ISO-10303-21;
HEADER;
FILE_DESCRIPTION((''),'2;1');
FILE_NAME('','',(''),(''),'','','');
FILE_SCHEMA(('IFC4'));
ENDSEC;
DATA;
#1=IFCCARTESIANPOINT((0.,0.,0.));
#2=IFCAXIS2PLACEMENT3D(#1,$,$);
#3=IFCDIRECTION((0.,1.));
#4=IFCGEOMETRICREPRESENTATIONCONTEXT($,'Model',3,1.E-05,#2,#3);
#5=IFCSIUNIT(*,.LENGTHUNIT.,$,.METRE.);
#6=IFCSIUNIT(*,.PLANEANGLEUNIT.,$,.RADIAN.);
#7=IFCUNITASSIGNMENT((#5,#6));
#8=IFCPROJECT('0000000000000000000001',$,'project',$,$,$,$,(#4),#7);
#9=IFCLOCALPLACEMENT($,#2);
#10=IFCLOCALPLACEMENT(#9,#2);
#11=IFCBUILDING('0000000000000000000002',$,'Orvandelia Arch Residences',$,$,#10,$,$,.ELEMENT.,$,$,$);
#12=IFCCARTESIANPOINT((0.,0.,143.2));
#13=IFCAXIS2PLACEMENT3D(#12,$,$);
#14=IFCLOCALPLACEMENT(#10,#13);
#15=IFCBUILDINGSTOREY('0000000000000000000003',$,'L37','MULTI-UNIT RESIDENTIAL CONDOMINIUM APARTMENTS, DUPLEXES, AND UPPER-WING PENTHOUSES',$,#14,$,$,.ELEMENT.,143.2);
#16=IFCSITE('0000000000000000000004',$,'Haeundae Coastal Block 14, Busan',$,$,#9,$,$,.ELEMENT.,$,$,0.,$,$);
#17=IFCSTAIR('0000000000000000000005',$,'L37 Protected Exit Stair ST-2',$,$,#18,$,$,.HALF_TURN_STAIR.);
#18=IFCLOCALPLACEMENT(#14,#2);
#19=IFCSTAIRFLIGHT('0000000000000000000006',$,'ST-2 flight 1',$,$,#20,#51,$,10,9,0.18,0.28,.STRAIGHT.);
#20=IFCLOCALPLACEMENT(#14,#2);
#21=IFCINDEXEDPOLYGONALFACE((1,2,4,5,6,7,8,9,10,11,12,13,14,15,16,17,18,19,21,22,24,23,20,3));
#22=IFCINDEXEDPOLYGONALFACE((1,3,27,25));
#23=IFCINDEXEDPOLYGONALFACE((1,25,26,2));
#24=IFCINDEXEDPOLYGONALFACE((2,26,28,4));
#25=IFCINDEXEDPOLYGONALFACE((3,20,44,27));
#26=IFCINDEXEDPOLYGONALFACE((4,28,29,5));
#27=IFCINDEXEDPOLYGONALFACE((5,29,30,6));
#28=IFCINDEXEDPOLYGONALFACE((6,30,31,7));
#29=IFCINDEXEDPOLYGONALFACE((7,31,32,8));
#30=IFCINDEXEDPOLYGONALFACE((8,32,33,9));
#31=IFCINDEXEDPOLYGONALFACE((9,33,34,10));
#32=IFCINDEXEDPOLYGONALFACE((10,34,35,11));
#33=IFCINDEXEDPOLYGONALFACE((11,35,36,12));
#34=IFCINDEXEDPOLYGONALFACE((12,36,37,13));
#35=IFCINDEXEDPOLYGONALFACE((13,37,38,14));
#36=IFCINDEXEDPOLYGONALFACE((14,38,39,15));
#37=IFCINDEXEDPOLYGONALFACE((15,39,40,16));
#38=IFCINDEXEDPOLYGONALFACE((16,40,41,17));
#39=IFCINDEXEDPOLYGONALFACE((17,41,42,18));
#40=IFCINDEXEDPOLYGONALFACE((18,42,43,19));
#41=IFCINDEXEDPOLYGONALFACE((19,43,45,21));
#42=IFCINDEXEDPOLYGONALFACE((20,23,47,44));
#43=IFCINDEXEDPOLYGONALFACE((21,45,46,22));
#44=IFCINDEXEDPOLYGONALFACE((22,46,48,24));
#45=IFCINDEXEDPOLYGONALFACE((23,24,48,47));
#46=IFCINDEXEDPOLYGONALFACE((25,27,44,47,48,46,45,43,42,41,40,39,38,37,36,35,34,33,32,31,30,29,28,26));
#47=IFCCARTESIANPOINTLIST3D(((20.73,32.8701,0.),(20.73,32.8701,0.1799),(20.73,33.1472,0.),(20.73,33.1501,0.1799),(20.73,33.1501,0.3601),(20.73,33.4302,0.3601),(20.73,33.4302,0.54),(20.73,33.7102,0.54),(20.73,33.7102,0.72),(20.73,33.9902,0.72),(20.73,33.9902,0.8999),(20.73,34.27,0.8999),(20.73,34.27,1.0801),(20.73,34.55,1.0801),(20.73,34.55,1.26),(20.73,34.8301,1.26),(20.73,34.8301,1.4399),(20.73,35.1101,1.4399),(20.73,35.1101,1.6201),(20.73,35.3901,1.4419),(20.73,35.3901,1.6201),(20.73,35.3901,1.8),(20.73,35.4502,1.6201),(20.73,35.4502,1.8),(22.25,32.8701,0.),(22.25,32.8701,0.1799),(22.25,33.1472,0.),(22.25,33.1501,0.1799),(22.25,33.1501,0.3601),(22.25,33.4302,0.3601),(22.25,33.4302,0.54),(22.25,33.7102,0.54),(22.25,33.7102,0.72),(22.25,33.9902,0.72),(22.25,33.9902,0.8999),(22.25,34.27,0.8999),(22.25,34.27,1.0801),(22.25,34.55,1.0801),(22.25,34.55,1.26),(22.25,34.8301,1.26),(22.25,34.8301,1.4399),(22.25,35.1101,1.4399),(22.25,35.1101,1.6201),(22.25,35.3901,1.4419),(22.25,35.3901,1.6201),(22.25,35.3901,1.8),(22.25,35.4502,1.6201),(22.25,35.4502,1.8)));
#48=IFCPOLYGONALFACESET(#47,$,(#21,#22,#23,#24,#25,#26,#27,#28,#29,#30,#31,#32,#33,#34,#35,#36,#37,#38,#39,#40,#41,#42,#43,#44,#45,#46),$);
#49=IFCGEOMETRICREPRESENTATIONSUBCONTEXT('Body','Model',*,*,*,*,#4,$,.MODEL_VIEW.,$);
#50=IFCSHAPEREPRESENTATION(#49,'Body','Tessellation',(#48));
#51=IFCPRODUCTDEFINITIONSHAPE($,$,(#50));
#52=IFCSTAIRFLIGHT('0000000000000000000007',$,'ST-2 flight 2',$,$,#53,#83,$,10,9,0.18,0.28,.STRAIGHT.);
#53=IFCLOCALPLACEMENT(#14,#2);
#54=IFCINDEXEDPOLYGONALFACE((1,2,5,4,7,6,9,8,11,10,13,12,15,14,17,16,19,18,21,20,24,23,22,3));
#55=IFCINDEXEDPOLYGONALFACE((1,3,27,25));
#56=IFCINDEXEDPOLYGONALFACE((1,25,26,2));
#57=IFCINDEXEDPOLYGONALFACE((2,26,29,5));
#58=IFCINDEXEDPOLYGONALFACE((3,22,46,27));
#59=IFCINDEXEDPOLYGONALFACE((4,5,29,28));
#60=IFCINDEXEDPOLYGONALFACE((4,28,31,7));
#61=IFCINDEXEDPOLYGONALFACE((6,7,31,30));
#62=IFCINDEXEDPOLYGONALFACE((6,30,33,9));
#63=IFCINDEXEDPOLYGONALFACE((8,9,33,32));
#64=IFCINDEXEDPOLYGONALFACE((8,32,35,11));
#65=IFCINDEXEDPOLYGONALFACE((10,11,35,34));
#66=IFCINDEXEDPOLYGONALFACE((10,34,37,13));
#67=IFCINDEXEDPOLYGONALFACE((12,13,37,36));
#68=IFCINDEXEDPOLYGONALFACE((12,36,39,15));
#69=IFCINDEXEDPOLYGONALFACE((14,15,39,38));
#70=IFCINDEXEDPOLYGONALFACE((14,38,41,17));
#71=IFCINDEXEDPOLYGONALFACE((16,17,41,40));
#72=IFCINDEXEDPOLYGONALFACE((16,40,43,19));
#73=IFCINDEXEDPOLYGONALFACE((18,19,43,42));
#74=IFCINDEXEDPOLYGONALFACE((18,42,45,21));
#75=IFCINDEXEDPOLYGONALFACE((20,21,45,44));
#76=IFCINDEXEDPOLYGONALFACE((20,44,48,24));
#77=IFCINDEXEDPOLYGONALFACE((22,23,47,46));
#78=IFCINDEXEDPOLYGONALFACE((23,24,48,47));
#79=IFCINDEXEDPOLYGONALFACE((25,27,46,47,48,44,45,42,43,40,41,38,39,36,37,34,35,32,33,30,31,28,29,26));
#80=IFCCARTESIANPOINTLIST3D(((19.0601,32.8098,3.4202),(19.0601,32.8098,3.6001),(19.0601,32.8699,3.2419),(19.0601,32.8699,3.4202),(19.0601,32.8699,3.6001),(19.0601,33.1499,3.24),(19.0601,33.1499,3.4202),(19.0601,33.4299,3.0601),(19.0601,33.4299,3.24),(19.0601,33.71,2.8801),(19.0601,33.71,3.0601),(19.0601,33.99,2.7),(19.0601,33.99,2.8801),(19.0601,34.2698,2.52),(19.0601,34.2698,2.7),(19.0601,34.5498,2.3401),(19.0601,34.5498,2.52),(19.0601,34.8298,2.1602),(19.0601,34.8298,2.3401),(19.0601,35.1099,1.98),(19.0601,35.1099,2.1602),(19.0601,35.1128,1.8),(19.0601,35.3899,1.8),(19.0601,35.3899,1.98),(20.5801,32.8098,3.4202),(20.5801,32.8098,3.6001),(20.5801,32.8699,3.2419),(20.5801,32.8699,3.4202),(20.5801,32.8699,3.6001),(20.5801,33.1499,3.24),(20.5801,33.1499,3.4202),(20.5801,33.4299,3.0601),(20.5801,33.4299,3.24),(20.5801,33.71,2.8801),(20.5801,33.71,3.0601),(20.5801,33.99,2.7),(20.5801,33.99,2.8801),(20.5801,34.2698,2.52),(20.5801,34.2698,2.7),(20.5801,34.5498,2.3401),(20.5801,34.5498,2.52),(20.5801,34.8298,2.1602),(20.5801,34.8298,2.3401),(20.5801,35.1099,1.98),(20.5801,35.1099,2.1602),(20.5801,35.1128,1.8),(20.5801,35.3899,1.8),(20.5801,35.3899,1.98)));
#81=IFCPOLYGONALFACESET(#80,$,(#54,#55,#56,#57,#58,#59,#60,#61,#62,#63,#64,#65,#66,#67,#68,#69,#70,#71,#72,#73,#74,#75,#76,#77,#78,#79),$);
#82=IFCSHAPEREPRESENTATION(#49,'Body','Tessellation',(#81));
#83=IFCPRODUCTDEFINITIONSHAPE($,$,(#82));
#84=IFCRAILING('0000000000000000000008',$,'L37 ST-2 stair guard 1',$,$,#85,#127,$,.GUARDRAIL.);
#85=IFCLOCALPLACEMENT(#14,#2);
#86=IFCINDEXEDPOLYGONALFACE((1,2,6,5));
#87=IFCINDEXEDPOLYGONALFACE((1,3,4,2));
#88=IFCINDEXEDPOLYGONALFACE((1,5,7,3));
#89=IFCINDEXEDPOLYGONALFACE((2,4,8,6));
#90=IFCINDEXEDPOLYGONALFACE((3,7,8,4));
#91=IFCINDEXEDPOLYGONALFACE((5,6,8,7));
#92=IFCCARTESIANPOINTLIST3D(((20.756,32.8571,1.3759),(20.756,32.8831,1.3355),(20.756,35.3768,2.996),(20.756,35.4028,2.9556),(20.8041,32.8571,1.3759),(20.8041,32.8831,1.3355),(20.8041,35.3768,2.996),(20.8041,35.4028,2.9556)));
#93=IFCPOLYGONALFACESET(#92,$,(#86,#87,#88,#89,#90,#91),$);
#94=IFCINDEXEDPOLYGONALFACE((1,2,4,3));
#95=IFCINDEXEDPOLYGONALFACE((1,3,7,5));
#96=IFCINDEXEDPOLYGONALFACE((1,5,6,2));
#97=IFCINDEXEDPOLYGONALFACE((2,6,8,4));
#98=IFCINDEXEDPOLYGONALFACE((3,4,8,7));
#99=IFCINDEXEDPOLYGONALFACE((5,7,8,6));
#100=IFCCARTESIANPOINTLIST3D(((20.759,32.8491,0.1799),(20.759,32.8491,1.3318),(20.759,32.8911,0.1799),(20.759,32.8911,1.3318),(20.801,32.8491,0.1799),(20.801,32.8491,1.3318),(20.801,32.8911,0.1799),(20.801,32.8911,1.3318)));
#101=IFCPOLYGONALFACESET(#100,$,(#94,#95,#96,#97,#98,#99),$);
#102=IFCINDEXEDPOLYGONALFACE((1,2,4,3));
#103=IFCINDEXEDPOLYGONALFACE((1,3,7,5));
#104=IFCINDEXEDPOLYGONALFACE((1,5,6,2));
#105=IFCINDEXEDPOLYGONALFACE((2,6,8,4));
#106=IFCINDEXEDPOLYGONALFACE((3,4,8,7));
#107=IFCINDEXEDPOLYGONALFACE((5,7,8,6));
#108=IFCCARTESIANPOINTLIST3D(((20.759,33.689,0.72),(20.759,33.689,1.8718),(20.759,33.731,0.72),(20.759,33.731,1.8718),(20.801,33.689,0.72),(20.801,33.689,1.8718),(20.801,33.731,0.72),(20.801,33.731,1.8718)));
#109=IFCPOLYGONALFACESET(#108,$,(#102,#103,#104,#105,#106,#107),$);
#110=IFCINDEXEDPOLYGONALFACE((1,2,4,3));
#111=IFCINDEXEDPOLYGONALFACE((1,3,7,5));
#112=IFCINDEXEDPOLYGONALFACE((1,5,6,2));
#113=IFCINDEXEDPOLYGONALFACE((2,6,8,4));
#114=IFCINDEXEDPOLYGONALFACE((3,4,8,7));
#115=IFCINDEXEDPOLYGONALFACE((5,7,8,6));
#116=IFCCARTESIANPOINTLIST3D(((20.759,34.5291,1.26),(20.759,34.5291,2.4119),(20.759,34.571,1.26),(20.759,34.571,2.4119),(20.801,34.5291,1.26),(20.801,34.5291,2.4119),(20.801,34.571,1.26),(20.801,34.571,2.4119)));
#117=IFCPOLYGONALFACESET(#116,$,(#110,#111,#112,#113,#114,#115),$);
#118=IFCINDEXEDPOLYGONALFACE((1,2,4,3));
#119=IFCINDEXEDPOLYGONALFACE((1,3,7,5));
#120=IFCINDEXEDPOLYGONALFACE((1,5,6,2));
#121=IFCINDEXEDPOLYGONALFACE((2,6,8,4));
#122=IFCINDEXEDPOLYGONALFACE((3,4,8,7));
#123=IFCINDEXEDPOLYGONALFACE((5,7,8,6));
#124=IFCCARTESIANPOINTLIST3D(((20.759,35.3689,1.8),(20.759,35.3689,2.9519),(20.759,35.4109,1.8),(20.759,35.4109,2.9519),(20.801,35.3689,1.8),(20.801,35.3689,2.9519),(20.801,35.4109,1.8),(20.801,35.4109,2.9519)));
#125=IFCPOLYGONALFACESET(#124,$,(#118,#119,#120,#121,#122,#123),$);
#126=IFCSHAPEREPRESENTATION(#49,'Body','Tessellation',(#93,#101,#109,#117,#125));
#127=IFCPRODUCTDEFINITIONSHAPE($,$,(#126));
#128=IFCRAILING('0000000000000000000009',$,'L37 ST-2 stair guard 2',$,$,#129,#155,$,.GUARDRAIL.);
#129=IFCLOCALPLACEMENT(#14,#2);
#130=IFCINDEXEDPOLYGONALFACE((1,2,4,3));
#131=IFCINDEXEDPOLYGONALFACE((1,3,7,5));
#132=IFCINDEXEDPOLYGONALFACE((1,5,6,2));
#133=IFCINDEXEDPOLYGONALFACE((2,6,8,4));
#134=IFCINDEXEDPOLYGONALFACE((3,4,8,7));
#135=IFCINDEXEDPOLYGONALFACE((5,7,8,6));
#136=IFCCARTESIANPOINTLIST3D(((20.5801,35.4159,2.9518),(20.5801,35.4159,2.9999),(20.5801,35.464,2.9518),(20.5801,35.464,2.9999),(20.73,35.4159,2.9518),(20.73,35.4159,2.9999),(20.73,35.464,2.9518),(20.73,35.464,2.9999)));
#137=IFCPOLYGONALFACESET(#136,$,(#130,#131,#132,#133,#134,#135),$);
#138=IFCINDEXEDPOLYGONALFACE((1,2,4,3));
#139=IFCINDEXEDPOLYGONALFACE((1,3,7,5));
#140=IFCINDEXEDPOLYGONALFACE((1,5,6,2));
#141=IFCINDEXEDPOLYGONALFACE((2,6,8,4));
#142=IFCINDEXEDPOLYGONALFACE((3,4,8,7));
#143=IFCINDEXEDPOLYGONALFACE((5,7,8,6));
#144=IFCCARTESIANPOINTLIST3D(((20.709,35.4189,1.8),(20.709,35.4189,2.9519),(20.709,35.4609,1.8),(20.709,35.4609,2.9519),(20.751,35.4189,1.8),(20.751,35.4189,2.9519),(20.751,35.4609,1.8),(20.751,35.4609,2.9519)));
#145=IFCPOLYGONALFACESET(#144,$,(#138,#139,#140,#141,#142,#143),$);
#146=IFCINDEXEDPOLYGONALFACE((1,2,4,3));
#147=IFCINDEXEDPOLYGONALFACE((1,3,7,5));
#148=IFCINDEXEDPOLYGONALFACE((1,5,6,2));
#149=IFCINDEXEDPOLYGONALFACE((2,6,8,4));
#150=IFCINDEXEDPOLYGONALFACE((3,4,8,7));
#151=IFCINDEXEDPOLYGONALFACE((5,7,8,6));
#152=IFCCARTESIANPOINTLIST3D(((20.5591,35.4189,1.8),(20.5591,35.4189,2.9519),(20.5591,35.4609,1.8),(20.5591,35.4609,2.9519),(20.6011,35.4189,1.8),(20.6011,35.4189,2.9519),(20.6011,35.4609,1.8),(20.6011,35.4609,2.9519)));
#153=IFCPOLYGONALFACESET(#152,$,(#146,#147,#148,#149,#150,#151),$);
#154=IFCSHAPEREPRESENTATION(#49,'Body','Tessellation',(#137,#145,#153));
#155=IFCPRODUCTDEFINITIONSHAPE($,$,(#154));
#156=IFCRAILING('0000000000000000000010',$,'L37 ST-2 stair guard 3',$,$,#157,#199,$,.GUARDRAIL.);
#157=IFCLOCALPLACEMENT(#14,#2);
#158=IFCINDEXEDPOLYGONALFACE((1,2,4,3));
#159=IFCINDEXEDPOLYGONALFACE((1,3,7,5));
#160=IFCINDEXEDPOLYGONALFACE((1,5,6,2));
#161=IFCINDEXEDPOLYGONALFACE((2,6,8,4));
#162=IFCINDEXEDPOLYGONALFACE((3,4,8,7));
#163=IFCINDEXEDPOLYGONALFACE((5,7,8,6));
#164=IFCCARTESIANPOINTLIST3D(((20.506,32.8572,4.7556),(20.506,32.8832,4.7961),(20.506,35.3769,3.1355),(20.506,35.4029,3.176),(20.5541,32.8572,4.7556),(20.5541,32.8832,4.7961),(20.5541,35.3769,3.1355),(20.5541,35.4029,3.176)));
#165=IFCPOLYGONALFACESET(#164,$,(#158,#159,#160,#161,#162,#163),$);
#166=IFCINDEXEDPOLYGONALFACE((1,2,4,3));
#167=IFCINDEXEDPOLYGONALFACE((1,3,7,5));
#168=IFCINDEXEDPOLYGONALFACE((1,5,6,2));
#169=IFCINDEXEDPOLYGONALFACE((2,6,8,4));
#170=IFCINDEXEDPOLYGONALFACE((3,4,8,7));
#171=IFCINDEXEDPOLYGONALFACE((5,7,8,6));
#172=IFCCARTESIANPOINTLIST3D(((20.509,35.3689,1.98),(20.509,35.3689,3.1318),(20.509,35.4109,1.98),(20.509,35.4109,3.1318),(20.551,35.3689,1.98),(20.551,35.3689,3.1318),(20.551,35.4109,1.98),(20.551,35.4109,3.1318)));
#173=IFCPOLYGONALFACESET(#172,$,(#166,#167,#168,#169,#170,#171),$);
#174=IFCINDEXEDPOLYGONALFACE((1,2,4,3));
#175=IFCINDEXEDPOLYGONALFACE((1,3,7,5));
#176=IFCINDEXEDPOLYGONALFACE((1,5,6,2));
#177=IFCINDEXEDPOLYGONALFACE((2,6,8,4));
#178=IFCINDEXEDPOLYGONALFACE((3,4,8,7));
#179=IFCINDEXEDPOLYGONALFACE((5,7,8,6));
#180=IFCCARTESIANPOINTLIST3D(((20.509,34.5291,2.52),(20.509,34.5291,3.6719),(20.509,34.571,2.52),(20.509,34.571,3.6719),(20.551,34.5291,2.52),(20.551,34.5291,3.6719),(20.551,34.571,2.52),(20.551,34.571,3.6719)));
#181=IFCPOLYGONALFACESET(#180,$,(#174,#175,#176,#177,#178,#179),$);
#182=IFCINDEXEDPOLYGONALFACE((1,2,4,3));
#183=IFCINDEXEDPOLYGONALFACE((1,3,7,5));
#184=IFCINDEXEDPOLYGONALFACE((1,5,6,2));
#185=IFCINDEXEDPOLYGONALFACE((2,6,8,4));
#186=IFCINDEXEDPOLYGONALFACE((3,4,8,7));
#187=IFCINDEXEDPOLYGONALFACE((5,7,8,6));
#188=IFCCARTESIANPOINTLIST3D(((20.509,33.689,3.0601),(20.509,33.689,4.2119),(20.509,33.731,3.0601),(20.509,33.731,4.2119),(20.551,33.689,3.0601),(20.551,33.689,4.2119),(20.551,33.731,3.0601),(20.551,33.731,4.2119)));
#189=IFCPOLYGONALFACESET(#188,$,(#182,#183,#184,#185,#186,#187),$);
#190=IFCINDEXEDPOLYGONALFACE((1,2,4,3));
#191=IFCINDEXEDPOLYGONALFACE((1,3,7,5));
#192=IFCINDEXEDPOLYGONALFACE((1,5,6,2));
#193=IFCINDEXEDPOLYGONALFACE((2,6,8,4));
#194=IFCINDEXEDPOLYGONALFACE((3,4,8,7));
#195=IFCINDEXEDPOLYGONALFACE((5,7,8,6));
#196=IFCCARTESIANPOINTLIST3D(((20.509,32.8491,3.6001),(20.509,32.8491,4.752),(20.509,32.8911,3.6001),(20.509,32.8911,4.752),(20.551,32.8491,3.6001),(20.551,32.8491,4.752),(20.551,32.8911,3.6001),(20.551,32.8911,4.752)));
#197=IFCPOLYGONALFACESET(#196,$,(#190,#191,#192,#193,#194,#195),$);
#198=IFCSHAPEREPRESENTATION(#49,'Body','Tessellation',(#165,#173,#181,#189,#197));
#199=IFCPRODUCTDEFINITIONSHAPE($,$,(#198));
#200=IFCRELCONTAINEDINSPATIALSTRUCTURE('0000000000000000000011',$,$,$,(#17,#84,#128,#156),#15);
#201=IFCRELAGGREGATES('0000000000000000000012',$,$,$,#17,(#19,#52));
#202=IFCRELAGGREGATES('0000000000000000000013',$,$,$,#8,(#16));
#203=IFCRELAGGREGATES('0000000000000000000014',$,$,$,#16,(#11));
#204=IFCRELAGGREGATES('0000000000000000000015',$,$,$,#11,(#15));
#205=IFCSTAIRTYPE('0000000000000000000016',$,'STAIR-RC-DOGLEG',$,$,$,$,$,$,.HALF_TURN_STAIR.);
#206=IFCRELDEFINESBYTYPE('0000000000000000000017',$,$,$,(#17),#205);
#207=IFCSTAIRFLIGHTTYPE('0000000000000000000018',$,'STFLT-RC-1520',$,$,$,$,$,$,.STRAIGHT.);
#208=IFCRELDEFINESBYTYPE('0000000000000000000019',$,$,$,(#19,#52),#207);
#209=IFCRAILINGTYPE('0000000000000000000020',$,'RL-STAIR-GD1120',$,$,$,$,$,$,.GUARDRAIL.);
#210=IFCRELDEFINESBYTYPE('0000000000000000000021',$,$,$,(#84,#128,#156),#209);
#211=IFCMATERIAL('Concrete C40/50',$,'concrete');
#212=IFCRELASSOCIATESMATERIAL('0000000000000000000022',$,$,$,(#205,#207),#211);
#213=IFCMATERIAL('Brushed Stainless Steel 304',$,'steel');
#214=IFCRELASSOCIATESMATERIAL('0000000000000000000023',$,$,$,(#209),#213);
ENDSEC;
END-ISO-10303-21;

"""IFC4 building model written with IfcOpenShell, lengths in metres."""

from ifc_helpers import new_model, si_unit, direction, frame, origin, origin_2d, place, context, subcontext, project, spatial, polyline, rectangle, outline, extrude, material, type_object, element, aggregate, save


model = new_model("IFC4")

# Units and contexts
model_context = context("Model", 3, precision=1e-05, world=origin(), true_north=direction((0.0, 1.0)))
body_context = subcontext(model_context, "Body", "Model", "MODEL_VIEW")
ifc_project = project(units=[si_unit("LENGTHUNIT", "METRE"), si_unit("PLANEANGLEUNIT", "RADIAN")], contexts=[model_context])

# Site, building, storey
site_placement = place(None, origin())
site = spatial("IfcSite", under=ifc_project, at=site_placement, Name="Haeundae Coastal Block 14, Busan", CompositionType="ELEMENT", RefElevation=0.0)
building_placement = place(site_placement, origin())
building = spatial("IfcBuilding", under=site, at=building_placement, Name="Orvandelia Arch Residences", CompositionType="ELEMENT")
storey_placement = place(building_placement, frame((0.0, 0.0, 143.2)))
storey = spatial("IfcBuildingStorey", under=building, at=storey_placement, Name="L37", Description="MULTI-UNIT RESIDENTIAL CONDOMINIUM APARTMENTS, DUPLEXES, AND UPPER-WING PENTHOUSES", CompositionType="ELEMENT", Elevation=143.2)

# Stair, stair flights
ifc_material_1 = material(Name="Concrete C40/50", Category="concrete")
stair_type = type_object("IfcStairType", Name="STAIR-RC-DOGLEG", PredefinedType="HALF_TURN_STAIR", material=ifc_material_1)
stair_placement = place(storey_placement, origin())
stair = element("IfcStair", 1, at=stair_placement, inside=storey, type_object=stair_type, Name="L37 Protected Exit Stair ST-2", PredefinedType="HALF_TURN_STAIR")
stair_flight_type = type_object("IfcStairFlightType", Name="STFLT-RC-1520", PredefinedType="STRAIGHT", material=ifc_material_1)
stair_flight_1_placement = place(storey_placement, frame((21.49, 32.8701, 0.0), z_axis=(0.0, 0.0, 1.0), x_axis=(0.0, 1.0, 0.0)))
stair_flight_1 = element("IfcStairFlight", 2, at=stair_flight_1_placement, type_object=stair_flight_type, Name="ST-2 flight 1", NumberOfRisers=10, NumberOfTreads=9, PredefinedType="STRAIGHT", RiserHeight=0.18, TreadLength=0.28, context=body_context, shape_type="SweptSolid", body=[
    extrude(outline(polyline([(0.0, 0.0), (0.0, 0.1799), (0.28, 0.1799), (0.28, 0.3601), (0.5601, 0.3601), (0.5601, 0.54), (0.8401, 0.54), (0.8401, 0.72), (1.1201, 0.72), (1.1201, 0.8999), (1.3999, 0.8999), (1.3999, 1.0801), (1.6799, 1.0801), (1.6799, 1.26), (1.96, 1.26), (1.96, 1.4399), (2.24, 1.4399), (2.24, 1.6201), (2.52, 1.6201), (2.52, 1.8), (2.5801, 1.8), (2.5801, 1.6201), (2.52, 1.4419), (0.2771, 0.0), (0.0, 0.0)])), frame((0.0, 0.76, 0.0), z_axis=(0.0, -1.0, 0.0), x_axis=(1.0, 0.0, 0.0)), (0.0, 0.0, 1.0), 1.52),
])
stair_flight_2_placement = place(storey_placement, frame((19.8201, 35.3899, 1.8), z_axis=(0.0, 0.0, 1.0), x_axis=(0.0, -1.0, 0.0)))
stair_flight_2 = element("IfcStairFlight", 3, at=stair_flight_2_placement, type_object=stair_flight_type, Name="ST-2 flight 2", NumberOfRisers=10, NumberOfTreads=9, PredefinedType="STRAIGHT", RiserHeight=0.18, TreadLength=0.28, context=body_context, shape_type="SweptSolid", body=[
    extrude(outline(polyline([(0.0, 0.0), (0.0, 0.1799), (0.28, 0.1799), (0.28, 0.3601), (0.5601, 0.3601), (0.5601, 0.54), (0.8401, 0.54), (0.8401, 0.72), (1.1201, 0.72), (1.1201, 0.8999), (1.3999, 0.8999), (1.3999, 1.0801), (1.6799, 1.0801), (1.6799, 1.26), (1.96, 1.26), (1.96, 1.4399), (2.24, 1.4399), (2.24, 1.6201), (2.52, 1.6201), (2.52, 1.8), (2.5801, 1.8), (2.5801, 1.6201), (2.52, 1.4419), (0.2771, 0.0), (0.0, 0.0)])), frame((0.0, 0.76, 0.0), z_axis=(0.0, -1.0, 0.0), x_axis=(1.0, 0.0, 0.0)), (0.0, 0.0, 1.0), 1.52),
])
aggregate(stair, [stair_flight_1, stair_flight_2])

# Railings
ifc_material_2 = material(Name="Brushed Stainless Steel 304", Category="steel")
railing_type_1 = type_object("IfcRailingType", Name="RL-STAIR-GD1120", PredefinedType="GUARDRAIL", material=ifc_material_2)
railing_1_placement = place(storey_placement, frame((20.78, 32.8701, 0.1799)))
element("IfcRailing", 4, at=railing_1_placement, inside=storey, type_object=railing_type_1, Name="L37 ST-2 stair guard 1", PredefinedType="GUARDRAIL", context=body_context, shape_type="SweptSolid", body=[
    extrude(rectangle(XDim=0.0481, YDim=0.0481, at=origin_2d()), frame((0.0, 0.0, 1.1758), z_axis=(0.0, 0.841139, 0.540819), x_axis=(-1.0, 0.0, 0.0)), (0.0, 0.0, 1.0), 2.9956),
    extrude(rectangle(XDim=0.042, YDim=0.042, at=origin_2d()), origin(), (0.0, 0.0, 1.0), 1.1519),
    extrude(rectangle(XDim=0.042, YDim=0.042, at=origin_2d()), frame((0.0, 0.8398, 0.54)), (0.0, 0.0, 1.0), 1.1519),
    extrude(rectangle(XDim=0.042, YDim=0.042, at=origin_2d()), frame((0.0, 1.6799, 1.0801)), (0.0, 0.0, 1.0), 1.1519),
    extrude(rectangle(XDim=0.042, YDim=0.042, at=origin_2d()), frame((0.0, 2.5198, 1.6201)), (0.0, 0.0, 1.0), 1.1519),
])
railing_2_placement = place(storey_placement, frame((20.73, 35.4399, 1.8)))
element("IfcRailing", 5, at=railing_2_placement, inside=storey, type_object=railing_type_1, Name="L37 ST-2 stair guard 2", PredefinedType="GUARDRAIL", context=body_context, shape_type="SweptSolid", body=[
    extrude(rectangle(XDim=0.0481, YDim=0.0481, at=origin_2d()), frame((0.0, 0.0, 1.1758), z_axis=(-1.0, 0.0, 0.0), x_axis=(0.0, -1.0, 0.0)), (0.0, 0.0, 1.0), 0.1499),
    extrude(rectangle(XDim=0.042, YDim=0.042, at=origin_2d()), origin(), (0.0, 0.0, 1.0), 1.1519),
    extrude(rectangle(XDim=0.042, YDim=0.042, at=origin_2d()), frame((-0.1499, 0.0, 0.0)), (0.0, 0.0, 1.0), 1.1519),
])
railing_3_placement = place(storey_placement, frame((20.53, 35.3899, 1.98)))
element("IfcRailing", 6, at=railing_3_placement, inside=storey, type_object=railing_type_1, Name="L37 ST-2 stair guard 3", PredefinedType="GUARDRAIL", context=body_context, shape_type="SweptSolid", body=[
    extrude(rectangle(XDim=0.0481, YDim=0.0481, at=origin_2d()), frame((0.0, 0.0, 1.1758), z_axis=(0.0, -0.841139, 0.540819), x_axis=(1.0, 0.0, 0.0)), (0.0, 0.0, 1.0), 2.9956),
    extrude(rectangle(XDim=0.042, YDim=0.042, at=origin_2d()), origin(), (0.0, 0.0, 1.0), 1.1519),
    extrude(rectangle(XDim=0.042, YDim=0.042, at=origin_2d()), frame((0.0, -0.8398, 0.54)), (0.0, 0.0, 1.0), 1.1519),
    extrude(rectangle(XDim=0.042, YDim=0.042, at=origin_2d()), frame((0.0, -1.6799, 1.0801)), (0.0, 0.0, 1.0), 1.1519),
    extrude(rectangle(XDim=0.042, YDim=0.042, at=origin_2d()), frame((0.0, -2.5198, 1.6201)), (0.0, 0.0, 1.0), 1.1519),
])

save(model, "model.ifc")
